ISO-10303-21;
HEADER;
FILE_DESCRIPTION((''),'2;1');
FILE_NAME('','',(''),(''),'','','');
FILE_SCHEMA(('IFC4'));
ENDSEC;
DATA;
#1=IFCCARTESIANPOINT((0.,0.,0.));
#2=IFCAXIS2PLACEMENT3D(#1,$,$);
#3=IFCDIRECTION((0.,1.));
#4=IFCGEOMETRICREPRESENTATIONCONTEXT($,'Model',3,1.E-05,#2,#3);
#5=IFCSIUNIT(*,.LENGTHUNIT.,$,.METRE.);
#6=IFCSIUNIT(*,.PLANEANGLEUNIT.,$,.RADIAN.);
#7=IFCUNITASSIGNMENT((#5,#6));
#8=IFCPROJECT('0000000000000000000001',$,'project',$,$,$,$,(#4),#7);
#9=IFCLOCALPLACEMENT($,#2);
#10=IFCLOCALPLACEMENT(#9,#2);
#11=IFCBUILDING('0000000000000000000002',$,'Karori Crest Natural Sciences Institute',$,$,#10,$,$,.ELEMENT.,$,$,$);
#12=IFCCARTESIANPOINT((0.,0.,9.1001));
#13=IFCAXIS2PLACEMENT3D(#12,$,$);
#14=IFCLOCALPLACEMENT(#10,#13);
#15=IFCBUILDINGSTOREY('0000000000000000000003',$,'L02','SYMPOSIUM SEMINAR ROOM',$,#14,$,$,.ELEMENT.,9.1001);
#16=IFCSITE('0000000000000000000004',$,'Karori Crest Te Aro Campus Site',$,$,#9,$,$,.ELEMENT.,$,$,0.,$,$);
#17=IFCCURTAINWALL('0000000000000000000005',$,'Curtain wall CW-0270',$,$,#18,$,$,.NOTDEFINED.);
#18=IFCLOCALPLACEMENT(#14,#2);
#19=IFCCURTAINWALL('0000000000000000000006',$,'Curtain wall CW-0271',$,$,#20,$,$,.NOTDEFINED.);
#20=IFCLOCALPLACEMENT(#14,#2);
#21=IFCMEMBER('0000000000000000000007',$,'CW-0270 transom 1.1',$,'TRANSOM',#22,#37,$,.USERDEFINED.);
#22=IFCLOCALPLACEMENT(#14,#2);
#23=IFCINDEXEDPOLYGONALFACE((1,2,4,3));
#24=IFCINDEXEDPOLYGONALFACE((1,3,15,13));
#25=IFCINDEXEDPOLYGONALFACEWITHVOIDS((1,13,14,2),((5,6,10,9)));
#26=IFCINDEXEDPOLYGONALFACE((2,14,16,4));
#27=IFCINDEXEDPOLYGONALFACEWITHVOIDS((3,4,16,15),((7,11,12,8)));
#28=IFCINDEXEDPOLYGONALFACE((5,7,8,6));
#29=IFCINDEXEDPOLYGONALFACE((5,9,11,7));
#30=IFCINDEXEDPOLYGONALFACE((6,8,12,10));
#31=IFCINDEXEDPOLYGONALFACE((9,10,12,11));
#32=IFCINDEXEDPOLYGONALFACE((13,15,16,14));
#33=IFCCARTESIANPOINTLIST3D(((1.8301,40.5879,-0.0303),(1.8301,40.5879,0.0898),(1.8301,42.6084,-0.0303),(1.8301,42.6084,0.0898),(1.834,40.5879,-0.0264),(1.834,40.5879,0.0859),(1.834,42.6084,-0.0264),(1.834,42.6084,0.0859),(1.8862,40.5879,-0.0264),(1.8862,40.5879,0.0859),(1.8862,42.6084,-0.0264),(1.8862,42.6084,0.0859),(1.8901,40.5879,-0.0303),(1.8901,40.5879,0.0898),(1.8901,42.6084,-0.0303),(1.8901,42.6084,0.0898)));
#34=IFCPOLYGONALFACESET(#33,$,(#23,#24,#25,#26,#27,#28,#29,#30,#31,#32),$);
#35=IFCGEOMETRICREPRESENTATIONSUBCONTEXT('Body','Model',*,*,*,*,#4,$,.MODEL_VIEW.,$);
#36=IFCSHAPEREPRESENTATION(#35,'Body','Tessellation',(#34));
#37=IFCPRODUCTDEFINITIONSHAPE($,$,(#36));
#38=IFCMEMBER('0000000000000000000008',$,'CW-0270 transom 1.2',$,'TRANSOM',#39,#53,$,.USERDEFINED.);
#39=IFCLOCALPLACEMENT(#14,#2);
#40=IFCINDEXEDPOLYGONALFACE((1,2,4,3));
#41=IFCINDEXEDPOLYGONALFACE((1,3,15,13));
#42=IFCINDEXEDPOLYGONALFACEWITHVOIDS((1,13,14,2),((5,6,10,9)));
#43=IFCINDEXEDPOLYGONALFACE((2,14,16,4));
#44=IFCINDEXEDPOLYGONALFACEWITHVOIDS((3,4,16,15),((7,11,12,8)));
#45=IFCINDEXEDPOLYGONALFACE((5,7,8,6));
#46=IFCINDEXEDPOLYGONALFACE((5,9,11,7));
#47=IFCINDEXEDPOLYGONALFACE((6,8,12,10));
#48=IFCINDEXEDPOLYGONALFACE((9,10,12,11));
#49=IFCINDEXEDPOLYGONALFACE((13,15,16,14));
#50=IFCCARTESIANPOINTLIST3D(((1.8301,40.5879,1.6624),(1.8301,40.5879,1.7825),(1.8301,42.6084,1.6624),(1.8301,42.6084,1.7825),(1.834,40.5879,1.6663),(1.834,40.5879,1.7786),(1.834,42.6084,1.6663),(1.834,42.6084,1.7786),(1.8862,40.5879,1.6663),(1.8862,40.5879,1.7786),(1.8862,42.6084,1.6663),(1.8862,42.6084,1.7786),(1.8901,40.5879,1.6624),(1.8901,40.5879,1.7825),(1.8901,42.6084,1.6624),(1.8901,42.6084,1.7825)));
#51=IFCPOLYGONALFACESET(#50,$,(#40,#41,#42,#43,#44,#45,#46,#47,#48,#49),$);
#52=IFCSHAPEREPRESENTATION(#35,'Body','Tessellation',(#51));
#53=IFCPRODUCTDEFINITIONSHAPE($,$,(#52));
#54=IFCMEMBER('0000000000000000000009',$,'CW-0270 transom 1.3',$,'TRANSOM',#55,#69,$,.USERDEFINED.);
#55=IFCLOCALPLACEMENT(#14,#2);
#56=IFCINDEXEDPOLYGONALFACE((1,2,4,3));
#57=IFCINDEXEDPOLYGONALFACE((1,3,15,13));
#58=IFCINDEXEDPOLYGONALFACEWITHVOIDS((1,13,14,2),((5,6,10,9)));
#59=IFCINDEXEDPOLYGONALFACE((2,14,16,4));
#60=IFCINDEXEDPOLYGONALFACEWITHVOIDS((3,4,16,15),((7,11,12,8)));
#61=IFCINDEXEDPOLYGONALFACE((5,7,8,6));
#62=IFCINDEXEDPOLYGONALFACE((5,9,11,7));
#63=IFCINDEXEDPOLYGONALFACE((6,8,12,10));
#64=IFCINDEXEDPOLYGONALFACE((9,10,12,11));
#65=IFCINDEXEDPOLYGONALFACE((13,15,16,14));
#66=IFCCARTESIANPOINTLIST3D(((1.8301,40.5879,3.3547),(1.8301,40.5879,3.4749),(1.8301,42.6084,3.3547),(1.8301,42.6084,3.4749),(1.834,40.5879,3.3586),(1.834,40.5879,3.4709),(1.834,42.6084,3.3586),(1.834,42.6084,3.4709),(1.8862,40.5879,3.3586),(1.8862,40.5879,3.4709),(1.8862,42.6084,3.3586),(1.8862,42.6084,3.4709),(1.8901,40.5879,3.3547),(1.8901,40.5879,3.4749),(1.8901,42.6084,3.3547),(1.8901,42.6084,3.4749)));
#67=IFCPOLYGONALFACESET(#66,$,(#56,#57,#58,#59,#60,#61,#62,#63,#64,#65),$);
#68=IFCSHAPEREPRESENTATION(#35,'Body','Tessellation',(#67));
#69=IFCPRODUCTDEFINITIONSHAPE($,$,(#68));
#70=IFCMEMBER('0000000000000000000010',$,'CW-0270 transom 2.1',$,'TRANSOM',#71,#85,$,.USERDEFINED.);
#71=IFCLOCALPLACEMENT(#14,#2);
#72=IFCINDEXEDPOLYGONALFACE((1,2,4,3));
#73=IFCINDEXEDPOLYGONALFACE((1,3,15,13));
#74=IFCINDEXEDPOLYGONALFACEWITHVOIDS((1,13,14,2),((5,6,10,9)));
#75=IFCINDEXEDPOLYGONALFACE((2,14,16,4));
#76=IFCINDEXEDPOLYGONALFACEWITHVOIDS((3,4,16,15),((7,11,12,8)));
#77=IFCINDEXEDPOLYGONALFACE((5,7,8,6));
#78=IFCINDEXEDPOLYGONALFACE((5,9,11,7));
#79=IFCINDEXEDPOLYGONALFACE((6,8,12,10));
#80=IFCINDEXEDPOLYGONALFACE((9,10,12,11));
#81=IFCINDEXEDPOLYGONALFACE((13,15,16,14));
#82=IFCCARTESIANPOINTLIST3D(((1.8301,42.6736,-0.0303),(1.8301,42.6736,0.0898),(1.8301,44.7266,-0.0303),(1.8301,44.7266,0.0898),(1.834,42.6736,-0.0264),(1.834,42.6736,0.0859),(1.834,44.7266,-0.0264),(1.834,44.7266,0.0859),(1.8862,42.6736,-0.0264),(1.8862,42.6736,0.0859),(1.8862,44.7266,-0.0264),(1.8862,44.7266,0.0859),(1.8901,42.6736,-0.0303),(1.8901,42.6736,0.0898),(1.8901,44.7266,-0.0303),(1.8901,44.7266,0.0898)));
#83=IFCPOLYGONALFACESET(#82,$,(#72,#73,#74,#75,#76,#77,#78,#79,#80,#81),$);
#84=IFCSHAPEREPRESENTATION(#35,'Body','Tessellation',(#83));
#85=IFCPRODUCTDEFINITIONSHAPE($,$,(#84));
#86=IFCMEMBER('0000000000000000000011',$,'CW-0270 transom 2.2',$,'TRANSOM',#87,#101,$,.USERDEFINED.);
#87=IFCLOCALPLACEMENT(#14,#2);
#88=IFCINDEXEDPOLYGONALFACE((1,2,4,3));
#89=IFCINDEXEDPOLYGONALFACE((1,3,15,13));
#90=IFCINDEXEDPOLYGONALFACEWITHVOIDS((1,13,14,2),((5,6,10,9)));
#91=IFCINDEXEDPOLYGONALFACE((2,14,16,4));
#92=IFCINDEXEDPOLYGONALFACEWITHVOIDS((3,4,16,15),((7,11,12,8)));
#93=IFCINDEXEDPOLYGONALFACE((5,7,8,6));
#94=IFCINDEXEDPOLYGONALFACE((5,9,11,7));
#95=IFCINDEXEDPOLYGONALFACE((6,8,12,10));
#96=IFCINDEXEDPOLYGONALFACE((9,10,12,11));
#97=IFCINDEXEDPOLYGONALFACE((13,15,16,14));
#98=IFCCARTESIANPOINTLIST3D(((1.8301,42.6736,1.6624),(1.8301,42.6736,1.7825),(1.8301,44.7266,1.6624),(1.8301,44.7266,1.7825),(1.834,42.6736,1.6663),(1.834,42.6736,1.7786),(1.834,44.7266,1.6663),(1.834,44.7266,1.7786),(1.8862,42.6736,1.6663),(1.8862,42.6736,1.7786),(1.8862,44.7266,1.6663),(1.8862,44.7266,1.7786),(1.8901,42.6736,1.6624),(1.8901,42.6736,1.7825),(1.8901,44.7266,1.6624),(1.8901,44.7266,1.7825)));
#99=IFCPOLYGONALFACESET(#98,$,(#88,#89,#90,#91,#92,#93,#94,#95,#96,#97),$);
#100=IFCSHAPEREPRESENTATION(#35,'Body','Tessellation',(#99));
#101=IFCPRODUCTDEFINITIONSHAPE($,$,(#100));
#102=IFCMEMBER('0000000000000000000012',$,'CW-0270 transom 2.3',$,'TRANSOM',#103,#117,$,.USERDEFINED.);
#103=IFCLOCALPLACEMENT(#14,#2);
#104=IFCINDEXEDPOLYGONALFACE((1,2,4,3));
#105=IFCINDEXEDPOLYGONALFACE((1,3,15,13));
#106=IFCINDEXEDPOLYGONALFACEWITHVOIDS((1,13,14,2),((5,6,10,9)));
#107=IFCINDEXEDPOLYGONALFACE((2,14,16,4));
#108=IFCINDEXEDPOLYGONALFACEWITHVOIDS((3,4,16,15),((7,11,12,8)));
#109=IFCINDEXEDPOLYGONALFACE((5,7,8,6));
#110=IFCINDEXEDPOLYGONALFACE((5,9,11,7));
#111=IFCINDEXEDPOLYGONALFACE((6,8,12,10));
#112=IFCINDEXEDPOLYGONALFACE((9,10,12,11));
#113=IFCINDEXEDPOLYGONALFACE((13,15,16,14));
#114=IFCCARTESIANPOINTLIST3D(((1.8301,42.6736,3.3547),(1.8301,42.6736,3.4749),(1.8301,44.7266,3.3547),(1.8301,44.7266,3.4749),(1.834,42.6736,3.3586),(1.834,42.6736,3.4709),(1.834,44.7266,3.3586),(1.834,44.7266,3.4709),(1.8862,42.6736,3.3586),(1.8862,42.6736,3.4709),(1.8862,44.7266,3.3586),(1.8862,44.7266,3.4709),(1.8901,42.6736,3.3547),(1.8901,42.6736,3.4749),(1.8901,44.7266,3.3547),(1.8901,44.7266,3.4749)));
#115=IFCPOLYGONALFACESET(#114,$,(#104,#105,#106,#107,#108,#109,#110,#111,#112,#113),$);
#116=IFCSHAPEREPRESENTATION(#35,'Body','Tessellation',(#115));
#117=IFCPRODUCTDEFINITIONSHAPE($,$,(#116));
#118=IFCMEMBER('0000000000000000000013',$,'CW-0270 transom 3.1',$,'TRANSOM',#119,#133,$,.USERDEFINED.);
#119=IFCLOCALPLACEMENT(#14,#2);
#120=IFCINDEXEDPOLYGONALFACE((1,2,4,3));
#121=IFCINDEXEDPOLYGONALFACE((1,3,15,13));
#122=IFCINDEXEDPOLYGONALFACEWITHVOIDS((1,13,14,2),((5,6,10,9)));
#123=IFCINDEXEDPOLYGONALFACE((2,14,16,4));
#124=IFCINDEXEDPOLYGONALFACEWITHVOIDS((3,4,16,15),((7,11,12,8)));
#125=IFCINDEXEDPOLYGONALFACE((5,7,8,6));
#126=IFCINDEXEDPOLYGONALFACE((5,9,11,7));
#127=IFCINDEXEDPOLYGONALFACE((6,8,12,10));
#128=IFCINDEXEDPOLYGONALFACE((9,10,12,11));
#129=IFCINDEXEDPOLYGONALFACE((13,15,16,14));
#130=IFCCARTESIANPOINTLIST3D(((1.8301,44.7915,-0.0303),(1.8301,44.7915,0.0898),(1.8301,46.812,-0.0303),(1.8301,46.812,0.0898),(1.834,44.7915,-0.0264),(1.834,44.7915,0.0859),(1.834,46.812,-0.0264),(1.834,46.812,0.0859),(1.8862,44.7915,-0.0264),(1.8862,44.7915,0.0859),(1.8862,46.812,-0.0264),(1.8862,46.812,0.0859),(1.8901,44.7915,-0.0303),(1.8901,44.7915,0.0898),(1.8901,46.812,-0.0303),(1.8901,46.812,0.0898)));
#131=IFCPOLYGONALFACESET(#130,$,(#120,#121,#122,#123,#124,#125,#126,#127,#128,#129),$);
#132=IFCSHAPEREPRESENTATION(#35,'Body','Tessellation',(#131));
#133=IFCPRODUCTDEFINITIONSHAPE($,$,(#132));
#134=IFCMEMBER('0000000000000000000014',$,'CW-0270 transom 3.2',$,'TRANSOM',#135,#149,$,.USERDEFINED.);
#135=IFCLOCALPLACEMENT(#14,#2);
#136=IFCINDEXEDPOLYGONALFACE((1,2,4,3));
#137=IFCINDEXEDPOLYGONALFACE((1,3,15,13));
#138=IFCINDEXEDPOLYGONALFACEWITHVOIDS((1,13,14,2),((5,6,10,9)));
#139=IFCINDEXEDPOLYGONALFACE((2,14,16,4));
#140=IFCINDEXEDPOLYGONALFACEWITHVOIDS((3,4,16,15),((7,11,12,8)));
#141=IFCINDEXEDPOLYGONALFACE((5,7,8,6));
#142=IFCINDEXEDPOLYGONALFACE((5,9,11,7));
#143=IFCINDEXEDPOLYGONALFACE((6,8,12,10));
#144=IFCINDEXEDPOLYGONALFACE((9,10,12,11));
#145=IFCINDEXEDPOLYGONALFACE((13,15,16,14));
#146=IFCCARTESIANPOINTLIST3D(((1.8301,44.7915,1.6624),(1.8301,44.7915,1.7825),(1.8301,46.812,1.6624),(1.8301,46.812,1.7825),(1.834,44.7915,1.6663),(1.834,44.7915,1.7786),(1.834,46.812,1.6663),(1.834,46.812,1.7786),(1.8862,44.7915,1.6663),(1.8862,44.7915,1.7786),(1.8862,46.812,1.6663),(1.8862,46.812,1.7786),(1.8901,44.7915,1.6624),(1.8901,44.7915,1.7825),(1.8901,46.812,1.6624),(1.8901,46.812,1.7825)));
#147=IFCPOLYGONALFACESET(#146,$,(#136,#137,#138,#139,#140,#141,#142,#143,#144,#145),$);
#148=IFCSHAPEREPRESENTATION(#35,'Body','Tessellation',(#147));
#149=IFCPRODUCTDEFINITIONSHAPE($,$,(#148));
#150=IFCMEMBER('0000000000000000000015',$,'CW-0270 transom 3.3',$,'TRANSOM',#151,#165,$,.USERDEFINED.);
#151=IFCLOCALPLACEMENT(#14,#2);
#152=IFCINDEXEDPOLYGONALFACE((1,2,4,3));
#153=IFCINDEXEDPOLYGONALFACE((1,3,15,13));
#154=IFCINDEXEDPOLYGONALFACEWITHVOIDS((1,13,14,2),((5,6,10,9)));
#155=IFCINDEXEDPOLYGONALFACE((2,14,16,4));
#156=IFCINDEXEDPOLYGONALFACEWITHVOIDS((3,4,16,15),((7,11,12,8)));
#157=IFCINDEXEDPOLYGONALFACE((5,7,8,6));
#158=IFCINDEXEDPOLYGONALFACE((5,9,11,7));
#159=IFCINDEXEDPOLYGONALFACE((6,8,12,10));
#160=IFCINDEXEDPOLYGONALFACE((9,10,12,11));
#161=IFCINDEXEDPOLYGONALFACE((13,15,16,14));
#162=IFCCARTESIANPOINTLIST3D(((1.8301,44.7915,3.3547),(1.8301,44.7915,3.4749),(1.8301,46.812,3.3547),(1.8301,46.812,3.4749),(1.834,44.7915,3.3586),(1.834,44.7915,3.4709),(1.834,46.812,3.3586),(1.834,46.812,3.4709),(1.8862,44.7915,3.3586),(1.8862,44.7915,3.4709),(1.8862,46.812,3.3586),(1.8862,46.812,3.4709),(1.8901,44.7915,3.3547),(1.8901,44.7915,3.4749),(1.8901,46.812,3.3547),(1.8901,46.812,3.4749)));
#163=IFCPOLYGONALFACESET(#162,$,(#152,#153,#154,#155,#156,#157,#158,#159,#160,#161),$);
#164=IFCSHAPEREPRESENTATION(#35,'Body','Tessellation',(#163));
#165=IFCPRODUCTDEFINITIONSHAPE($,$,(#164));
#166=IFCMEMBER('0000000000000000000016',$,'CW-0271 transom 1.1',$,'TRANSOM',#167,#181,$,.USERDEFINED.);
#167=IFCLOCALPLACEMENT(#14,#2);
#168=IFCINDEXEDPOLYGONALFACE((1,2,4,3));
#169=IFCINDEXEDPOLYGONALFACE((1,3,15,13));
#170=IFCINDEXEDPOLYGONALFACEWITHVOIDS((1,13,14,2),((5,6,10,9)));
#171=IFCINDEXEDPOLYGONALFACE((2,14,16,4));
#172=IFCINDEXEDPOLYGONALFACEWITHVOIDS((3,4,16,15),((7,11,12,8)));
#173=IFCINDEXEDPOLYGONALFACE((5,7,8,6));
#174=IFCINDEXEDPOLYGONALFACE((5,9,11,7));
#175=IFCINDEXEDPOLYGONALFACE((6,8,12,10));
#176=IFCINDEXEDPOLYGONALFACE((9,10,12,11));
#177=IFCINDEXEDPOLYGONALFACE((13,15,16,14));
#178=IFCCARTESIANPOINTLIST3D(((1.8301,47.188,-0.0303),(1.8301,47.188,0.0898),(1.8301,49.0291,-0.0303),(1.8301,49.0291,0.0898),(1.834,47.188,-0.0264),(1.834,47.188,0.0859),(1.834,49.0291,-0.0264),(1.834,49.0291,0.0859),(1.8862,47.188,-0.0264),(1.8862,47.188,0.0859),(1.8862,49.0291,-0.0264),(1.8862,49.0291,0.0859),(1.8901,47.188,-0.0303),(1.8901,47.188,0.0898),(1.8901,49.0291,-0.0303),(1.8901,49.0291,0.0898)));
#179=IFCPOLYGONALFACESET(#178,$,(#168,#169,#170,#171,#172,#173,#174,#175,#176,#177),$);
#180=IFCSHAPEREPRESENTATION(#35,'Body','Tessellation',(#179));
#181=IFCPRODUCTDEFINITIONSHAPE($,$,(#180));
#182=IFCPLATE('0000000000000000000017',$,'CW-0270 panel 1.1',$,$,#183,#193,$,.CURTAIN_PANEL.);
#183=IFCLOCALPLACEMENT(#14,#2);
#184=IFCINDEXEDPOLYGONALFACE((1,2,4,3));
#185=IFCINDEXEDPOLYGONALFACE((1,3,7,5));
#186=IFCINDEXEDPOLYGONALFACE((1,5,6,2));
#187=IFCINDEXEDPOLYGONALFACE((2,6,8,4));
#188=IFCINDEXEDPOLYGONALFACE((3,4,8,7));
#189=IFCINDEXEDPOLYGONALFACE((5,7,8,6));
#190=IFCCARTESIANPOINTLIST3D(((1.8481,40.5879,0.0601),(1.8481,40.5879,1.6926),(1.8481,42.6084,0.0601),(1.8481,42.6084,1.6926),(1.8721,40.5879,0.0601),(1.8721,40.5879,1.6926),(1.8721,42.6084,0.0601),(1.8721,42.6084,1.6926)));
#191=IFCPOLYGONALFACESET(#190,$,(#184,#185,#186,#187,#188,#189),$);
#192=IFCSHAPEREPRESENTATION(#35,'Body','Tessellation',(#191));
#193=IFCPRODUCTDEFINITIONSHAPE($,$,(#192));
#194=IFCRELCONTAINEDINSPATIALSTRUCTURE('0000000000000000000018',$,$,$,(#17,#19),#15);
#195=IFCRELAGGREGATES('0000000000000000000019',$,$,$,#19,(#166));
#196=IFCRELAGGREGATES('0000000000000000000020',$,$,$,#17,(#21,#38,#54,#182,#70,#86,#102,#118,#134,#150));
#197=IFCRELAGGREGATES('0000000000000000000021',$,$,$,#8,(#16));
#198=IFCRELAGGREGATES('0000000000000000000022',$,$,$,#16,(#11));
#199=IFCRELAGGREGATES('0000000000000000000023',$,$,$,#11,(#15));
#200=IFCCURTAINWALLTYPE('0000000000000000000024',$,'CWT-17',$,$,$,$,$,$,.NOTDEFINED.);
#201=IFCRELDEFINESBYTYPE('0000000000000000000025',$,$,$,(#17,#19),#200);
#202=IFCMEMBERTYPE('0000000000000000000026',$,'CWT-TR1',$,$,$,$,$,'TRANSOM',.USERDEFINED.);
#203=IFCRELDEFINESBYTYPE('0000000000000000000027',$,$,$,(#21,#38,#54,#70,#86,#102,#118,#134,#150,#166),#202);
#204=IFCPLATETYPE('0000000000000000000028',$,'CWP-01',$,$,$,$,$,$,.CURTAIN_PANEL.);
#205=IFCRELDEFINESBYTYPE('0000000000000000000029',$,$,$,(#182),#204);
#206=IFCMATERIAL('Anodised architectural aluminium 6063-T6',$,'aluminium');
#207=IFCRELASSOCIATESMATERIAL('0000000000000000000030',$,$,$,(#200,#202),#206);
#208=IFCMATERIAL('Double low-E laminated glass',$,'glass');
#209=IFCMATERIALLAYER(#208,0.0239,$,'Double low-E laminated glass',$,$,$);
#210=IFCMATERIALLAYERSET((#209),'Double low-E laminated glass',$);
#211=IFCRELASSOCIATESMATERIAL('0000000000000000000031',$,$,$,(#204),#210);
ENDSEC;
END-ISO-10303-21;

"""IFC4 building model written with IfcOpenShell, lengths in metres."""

from ifc_helpers import new_model, si_unit, direction, frame, origin, origin_2d, place, context, subcontext, project, spatial, rectangle, hollow_rectangle, extrude, material, layer, layer_set, material_profile, profile_set, type_object, element, aggregate, save


model = new_model("IFC4")

# Units and contexts
model_context = context("Model", 3, precision=1e-05, world=origin(), true_north=direction((0.0, 1.0)))
body_context = subcontext(model_context, "Body", "Model", "MODEL_VIEW")
ifc_project = project(units=[si_unit("LENGTHUNIT", "METRE"), si_unit("PLANEANGLEUNIT", "RADIAN")], contexts=[model_context])

# Site, building, storey
site_placement = place(None, origin())
site = spatial("IfcSite", under=ifc_project, at=site_placement, Name="Karori Crest Te Aro Campus Site", CompositionType="ELEMENT", RefElevation=0.0)
building_placement = place(site_placement, origin())
building = spatial("IfcBuilding", under=site, at=building_placement, Name="Karori Crest Natural Sciences Institute", CompositionType="ELEMENT")
storey_placement = place(building_placement, frame((0.0, 0.0, 9.1001)))
storey = spatial("IfcBuildingStorey", under=building, at=storey_placement, Name="L02", Description="SYMPOSIUM SEMINAR ROOM", CompositionType="ELEMENT", Elevation=9.1001)

# Curtain wall
ifc_material_1 = material(Name="Anodised architectural aluminium 6063-T6", Category="aluminium")
curtain_wall_type = type_object("IfcCurtainWallType", Name="CWT-17", PredefinedType="NOTDEFINED", material=ifc_material_1)
curtain_wall_1_placement = place(storey_placement, origin())
curtain_wall_1 = element("IfcCurtainWall", 1, at=curtain_wall_1_placement, inside=storey, type_object=curtain_wall_type, Name="Curtain wall CW-0270", PredefinedType="NOTDEFINED")

# Curtain wall
curtain_wall_2_placement = place(storey_placement, origin())
curtain_wall_2 = element("IfcCurtainWall", 2, at=curtain_wall_2_placement, inside=storey, type_object=curtain_wall_type, Name="Curtain wall CW-0271", PredefinedType="NOTDEFINED")

# Members
ifc_material_profile_1 = material_profile(ifc_material_1, hollow_rectangle(XDim=0.0601, YDim=0.1201, WallThickness=0.0039, at=origin_2d()), Name="CWT120x60x4")
ifc_profile_set_1 = profile_set([ifc_material_profile_1], Name="Anodised architectural aluminium 6063-T6")
member_type_1 = type_object("IfcMemberType", Name="CWT-TR1", ElementType="TRANSOM", PredefinedType="USERDEFINED", material=ifc_profile_set_1)
member_1_placement = place(storey_placement, frame((1.8601, 40.5879, 0.0298), z_axis=(0.0, 1.0, 0.0), x_axis=(-1.0, 0.0, 0.0)))
member_1 = element("IfcMember", 3, at=member_1_placement, type_object=member_type_1, Name="CW-0270 transom 1.1", ObjectType="TRANSOM", PredefinedType="USERDEFINED", context=body_context, shape_type="SweptSolid", body=[
    extrude(hollow_rectangle(XDim=0.0601, YDim=0.1201, WallThickness=0.0039, at=origin_2d()), origin(), (0.0, 0.0, 1.0), 2.0205),
])
member_2_placement = place(storey_placement, frame((1.8601, 40.5879, 1.7224), z_axis=(0.0, 1.0, 0.0), x_axis=(-1.0, 0.0, 0.0)))
member_2 = element("IfcMember", 4, at=member_2_placement, type_object=member_type_1, Name="CW-0270 transom 1.2", ObjectType="TRANSOM", PredefinedType="USERDEFINED", context=body_context, shape_type="SweptSolid", body=[
    extrude(hollow_rectangle(XDim=0.0601, YDim=0.1201, WallThickness=0.0039, at=origin_2d()), origin(), (0.0, 0.0, 1.0), 2.0205),
])
member_3_placement = place(storey_placement, frame((1.8601, 40.5879, 3.4148), z_axis=(0.0, 1.0, 0.0), x_axis=(-1.0, 0.0, 0.0)))
member_3 = element("IfcMember", 5, at=member_3_placement, type_object=member_type_1, Name="CW-0270 transom 1.3", ObjectType="TRANSOM", PredefinedType="USERDEFINED", context=body_context, shape_type="SweptSolid", body=[
    extrude(hollow_rectangle(XDim=0.0601, YDim=0.1201, WallThickness=0.0039, at=origin_2d()), origin(), (0.0, 0.0, 1.0), 2.0205),
])
member_4_placement = place(storey_placement, frame((1.8601, 42.6736, 0.0298), z_axis=(0.0, 1.0, 0.0), x_axis=(-1.0, 0.0, 0.0)))
member_4 = element("IfcMember", 6, at=member_4_placement, type_object=member_type_1, Name="CW-0270 transom 2.1", ObjectType="TRANSOM", PredefinedType="USERDEFINED", context=body_context, shape_type="SweptSolid", body=[
    extrude(hollow_rectangle(XDim=0.0601, YDim=0.1201, WallThickness=0.0039, at=origin_2d()), origin(), (0.0, 0.0, 1.0), 2.053),
])
member_5_placement = place(storey_placement, frame((1.8601, 42.6736, 1.7224), z_axis=(0.0, 1.0, 0.0), x_axis=(-1.0, 0.0, 0.0)))
member_5 = element("IfcMember", 7, at=member_5_placement, type_object=member_type_1, Name="CW-0270 transom 2.2", ObjectType="TRANSOM", PredefinedType="USERDEFINED", context=body_context, shape_type="SweptSolid", body=[
    extrude(hollow_rectangle(XDim=0.0601, YDim=0.1201, WallThickness=0.0039, at=origin_2d()), origin(), (0.0, 0.0, 1.0), 2.053),
])
member_6_placement = place(storey_placement, frame((1.8601, 42.6736, 3.4148), z_axis=(0.0, 1.0, 0.0), x_axis=(-1.0, 0.0, 0.0)))
member_6 = element("IfcMember", 8, at=member_6_placement, type_object=member_type_1, Name="CW-0270 transom 2.3", ObjectType="TRANSOM", PredefinedType="USERDEFINED", context=body_context, shape_type="SweptSolid", body=[
    extrude(hollow_rectangle(XDim=0.0601, YDim=0.1201, WallThickness=0.0039, at=origin_2d()), origin(), (0.0, 0.0, 1.0), 2.053),
])
member_7_placement = place(storey_placement, frame((1.8601, 44.7915, 0.0298), z_axis=(0.0, 1.0, 0.0), x_axis=(-1.0, 0.0, 0.0)))
member_7 = element("IfcMember", 9, at=member_7_placement, type_object=member_type_1, Name="CW-0270 transom 3.1", ObjectType="TRANSOM", PredefinedType="USERDEFINED", context=body_context, shape_type="SweptSolid", body=[
    extrude(hollow_rectangle(XDim=0.0601, YDim=0.1201, WallThickness=0.0039, at=origin_2d()), origin(), (0.0, 0.0, 1.0), 2.0205),
])
member_8_placement = place(storey_placement, frame((1.8601, 44.7915, 1.7224), z_axis=(0.0, 1.0, 0.0), x_axis=(-1.0, 0.0, 0.0)))
member_8 = element("IfcMember", 10, at=member_8_placement, type_object=member_type_1, Name="CW-0270 transom 3.2", ObjectType="TRANSOM", PredefinedType="USERDEFINED", context=body_context, shape_type="SweptSolid", body=[
    extrude(hollow_rectangle(XDim=0.0601, YDim=0.1201, WallThickness=0.0039, at=origin_2d()), origin(), (0.0, 0.0, 1.0), 2.0205),
])
member_9_placement = place(storey_placement, frame((1.8601, 44.7915, 3.4148), z_axis=(0.0, 1.0, 0.0), x_axis=(-1.0, 0.0, 0.0)))
member_9 = element("IfcMember", 11, at=member_9_placement, type_object=member_type_1, Name="CW-0270 transom 3.3", ObjectType="TRANSOM", PredefinedType="USERDEFINED", context=body_context, shape_type="SweptSolid", body=[
    extrude(hollow_rectangle(XDim=0.0601, YDim=0.1201, WallThickness=0.0039, at=origin_2d()), origin(), (0.0, 0.0, 1.0), 2.0205),
])
member_10_placement = place(storey_placement, frame((1.8601, 47.188, 0.0298), z_axis=(0.0, 1.0, 0.0), x_axis=(-1.0, 0.0, 0.0)))
member_10 = element("IfcMember", 12, at=member_10_placement, type_object=member_type_1, Name="CW-0271 transom 1.1", ObjectType="TRANSOM", PredefinedType="USERDEFINED", context=body_context, shape_type="SweptSolid", body=[
    extrude(hollow_rectangle(XDim=0.0601, YDim=0.1201, WallThickness=0.0039, at=origin_2d()), origin(), (0.0, 0.0, 1.0), 1.8411),
])
aggregate(curtain_wall_2, [member_10])

# Plate
ifc_material_2 = material(Name="Double low-E laminated glass", Category="glass")
ifc_layer_1 = layer(ifc_material_2, 0.0239, Name="Double low-E laminated glass")
ifc_layer_set_1 = layer_set([ifc_layer_1], Name="Double low-E laminated glass")
plate_type_1 = type_object("IfcPlateType", Name="CWP-01", PredefinedType="CURTAIN_PANEL", material=ifc_layer_set_1)
plate_1_placement = place(storey_placement, frame((1.8601, 41.5981, 0.0601), z_axis=(0.0, 0.0, 1.0), x_axis=(0.0, 1.0, 0.0)))
plate_1 = element("IfcPlate", 13, at=plate_1_placement, type_object=plate_type_1, Name="CW-0270 panel 1.1", PredefinedType="CURTAIN_PANEL", context=body_context, shape_type="SweptSolid", body=[
    extrude(rectangle(XDim=2.0205, YDim=0.0239, at=origin_2d()), origin(), (0.0, 0.0, 1.0), 1.6326),
])
aggregate(curtain_wall_1, [member_1, member_2, member_3, plate_1, member_4, member_5, member_6, member_7, member_8, member_9])

save(model, "model.ifc")
